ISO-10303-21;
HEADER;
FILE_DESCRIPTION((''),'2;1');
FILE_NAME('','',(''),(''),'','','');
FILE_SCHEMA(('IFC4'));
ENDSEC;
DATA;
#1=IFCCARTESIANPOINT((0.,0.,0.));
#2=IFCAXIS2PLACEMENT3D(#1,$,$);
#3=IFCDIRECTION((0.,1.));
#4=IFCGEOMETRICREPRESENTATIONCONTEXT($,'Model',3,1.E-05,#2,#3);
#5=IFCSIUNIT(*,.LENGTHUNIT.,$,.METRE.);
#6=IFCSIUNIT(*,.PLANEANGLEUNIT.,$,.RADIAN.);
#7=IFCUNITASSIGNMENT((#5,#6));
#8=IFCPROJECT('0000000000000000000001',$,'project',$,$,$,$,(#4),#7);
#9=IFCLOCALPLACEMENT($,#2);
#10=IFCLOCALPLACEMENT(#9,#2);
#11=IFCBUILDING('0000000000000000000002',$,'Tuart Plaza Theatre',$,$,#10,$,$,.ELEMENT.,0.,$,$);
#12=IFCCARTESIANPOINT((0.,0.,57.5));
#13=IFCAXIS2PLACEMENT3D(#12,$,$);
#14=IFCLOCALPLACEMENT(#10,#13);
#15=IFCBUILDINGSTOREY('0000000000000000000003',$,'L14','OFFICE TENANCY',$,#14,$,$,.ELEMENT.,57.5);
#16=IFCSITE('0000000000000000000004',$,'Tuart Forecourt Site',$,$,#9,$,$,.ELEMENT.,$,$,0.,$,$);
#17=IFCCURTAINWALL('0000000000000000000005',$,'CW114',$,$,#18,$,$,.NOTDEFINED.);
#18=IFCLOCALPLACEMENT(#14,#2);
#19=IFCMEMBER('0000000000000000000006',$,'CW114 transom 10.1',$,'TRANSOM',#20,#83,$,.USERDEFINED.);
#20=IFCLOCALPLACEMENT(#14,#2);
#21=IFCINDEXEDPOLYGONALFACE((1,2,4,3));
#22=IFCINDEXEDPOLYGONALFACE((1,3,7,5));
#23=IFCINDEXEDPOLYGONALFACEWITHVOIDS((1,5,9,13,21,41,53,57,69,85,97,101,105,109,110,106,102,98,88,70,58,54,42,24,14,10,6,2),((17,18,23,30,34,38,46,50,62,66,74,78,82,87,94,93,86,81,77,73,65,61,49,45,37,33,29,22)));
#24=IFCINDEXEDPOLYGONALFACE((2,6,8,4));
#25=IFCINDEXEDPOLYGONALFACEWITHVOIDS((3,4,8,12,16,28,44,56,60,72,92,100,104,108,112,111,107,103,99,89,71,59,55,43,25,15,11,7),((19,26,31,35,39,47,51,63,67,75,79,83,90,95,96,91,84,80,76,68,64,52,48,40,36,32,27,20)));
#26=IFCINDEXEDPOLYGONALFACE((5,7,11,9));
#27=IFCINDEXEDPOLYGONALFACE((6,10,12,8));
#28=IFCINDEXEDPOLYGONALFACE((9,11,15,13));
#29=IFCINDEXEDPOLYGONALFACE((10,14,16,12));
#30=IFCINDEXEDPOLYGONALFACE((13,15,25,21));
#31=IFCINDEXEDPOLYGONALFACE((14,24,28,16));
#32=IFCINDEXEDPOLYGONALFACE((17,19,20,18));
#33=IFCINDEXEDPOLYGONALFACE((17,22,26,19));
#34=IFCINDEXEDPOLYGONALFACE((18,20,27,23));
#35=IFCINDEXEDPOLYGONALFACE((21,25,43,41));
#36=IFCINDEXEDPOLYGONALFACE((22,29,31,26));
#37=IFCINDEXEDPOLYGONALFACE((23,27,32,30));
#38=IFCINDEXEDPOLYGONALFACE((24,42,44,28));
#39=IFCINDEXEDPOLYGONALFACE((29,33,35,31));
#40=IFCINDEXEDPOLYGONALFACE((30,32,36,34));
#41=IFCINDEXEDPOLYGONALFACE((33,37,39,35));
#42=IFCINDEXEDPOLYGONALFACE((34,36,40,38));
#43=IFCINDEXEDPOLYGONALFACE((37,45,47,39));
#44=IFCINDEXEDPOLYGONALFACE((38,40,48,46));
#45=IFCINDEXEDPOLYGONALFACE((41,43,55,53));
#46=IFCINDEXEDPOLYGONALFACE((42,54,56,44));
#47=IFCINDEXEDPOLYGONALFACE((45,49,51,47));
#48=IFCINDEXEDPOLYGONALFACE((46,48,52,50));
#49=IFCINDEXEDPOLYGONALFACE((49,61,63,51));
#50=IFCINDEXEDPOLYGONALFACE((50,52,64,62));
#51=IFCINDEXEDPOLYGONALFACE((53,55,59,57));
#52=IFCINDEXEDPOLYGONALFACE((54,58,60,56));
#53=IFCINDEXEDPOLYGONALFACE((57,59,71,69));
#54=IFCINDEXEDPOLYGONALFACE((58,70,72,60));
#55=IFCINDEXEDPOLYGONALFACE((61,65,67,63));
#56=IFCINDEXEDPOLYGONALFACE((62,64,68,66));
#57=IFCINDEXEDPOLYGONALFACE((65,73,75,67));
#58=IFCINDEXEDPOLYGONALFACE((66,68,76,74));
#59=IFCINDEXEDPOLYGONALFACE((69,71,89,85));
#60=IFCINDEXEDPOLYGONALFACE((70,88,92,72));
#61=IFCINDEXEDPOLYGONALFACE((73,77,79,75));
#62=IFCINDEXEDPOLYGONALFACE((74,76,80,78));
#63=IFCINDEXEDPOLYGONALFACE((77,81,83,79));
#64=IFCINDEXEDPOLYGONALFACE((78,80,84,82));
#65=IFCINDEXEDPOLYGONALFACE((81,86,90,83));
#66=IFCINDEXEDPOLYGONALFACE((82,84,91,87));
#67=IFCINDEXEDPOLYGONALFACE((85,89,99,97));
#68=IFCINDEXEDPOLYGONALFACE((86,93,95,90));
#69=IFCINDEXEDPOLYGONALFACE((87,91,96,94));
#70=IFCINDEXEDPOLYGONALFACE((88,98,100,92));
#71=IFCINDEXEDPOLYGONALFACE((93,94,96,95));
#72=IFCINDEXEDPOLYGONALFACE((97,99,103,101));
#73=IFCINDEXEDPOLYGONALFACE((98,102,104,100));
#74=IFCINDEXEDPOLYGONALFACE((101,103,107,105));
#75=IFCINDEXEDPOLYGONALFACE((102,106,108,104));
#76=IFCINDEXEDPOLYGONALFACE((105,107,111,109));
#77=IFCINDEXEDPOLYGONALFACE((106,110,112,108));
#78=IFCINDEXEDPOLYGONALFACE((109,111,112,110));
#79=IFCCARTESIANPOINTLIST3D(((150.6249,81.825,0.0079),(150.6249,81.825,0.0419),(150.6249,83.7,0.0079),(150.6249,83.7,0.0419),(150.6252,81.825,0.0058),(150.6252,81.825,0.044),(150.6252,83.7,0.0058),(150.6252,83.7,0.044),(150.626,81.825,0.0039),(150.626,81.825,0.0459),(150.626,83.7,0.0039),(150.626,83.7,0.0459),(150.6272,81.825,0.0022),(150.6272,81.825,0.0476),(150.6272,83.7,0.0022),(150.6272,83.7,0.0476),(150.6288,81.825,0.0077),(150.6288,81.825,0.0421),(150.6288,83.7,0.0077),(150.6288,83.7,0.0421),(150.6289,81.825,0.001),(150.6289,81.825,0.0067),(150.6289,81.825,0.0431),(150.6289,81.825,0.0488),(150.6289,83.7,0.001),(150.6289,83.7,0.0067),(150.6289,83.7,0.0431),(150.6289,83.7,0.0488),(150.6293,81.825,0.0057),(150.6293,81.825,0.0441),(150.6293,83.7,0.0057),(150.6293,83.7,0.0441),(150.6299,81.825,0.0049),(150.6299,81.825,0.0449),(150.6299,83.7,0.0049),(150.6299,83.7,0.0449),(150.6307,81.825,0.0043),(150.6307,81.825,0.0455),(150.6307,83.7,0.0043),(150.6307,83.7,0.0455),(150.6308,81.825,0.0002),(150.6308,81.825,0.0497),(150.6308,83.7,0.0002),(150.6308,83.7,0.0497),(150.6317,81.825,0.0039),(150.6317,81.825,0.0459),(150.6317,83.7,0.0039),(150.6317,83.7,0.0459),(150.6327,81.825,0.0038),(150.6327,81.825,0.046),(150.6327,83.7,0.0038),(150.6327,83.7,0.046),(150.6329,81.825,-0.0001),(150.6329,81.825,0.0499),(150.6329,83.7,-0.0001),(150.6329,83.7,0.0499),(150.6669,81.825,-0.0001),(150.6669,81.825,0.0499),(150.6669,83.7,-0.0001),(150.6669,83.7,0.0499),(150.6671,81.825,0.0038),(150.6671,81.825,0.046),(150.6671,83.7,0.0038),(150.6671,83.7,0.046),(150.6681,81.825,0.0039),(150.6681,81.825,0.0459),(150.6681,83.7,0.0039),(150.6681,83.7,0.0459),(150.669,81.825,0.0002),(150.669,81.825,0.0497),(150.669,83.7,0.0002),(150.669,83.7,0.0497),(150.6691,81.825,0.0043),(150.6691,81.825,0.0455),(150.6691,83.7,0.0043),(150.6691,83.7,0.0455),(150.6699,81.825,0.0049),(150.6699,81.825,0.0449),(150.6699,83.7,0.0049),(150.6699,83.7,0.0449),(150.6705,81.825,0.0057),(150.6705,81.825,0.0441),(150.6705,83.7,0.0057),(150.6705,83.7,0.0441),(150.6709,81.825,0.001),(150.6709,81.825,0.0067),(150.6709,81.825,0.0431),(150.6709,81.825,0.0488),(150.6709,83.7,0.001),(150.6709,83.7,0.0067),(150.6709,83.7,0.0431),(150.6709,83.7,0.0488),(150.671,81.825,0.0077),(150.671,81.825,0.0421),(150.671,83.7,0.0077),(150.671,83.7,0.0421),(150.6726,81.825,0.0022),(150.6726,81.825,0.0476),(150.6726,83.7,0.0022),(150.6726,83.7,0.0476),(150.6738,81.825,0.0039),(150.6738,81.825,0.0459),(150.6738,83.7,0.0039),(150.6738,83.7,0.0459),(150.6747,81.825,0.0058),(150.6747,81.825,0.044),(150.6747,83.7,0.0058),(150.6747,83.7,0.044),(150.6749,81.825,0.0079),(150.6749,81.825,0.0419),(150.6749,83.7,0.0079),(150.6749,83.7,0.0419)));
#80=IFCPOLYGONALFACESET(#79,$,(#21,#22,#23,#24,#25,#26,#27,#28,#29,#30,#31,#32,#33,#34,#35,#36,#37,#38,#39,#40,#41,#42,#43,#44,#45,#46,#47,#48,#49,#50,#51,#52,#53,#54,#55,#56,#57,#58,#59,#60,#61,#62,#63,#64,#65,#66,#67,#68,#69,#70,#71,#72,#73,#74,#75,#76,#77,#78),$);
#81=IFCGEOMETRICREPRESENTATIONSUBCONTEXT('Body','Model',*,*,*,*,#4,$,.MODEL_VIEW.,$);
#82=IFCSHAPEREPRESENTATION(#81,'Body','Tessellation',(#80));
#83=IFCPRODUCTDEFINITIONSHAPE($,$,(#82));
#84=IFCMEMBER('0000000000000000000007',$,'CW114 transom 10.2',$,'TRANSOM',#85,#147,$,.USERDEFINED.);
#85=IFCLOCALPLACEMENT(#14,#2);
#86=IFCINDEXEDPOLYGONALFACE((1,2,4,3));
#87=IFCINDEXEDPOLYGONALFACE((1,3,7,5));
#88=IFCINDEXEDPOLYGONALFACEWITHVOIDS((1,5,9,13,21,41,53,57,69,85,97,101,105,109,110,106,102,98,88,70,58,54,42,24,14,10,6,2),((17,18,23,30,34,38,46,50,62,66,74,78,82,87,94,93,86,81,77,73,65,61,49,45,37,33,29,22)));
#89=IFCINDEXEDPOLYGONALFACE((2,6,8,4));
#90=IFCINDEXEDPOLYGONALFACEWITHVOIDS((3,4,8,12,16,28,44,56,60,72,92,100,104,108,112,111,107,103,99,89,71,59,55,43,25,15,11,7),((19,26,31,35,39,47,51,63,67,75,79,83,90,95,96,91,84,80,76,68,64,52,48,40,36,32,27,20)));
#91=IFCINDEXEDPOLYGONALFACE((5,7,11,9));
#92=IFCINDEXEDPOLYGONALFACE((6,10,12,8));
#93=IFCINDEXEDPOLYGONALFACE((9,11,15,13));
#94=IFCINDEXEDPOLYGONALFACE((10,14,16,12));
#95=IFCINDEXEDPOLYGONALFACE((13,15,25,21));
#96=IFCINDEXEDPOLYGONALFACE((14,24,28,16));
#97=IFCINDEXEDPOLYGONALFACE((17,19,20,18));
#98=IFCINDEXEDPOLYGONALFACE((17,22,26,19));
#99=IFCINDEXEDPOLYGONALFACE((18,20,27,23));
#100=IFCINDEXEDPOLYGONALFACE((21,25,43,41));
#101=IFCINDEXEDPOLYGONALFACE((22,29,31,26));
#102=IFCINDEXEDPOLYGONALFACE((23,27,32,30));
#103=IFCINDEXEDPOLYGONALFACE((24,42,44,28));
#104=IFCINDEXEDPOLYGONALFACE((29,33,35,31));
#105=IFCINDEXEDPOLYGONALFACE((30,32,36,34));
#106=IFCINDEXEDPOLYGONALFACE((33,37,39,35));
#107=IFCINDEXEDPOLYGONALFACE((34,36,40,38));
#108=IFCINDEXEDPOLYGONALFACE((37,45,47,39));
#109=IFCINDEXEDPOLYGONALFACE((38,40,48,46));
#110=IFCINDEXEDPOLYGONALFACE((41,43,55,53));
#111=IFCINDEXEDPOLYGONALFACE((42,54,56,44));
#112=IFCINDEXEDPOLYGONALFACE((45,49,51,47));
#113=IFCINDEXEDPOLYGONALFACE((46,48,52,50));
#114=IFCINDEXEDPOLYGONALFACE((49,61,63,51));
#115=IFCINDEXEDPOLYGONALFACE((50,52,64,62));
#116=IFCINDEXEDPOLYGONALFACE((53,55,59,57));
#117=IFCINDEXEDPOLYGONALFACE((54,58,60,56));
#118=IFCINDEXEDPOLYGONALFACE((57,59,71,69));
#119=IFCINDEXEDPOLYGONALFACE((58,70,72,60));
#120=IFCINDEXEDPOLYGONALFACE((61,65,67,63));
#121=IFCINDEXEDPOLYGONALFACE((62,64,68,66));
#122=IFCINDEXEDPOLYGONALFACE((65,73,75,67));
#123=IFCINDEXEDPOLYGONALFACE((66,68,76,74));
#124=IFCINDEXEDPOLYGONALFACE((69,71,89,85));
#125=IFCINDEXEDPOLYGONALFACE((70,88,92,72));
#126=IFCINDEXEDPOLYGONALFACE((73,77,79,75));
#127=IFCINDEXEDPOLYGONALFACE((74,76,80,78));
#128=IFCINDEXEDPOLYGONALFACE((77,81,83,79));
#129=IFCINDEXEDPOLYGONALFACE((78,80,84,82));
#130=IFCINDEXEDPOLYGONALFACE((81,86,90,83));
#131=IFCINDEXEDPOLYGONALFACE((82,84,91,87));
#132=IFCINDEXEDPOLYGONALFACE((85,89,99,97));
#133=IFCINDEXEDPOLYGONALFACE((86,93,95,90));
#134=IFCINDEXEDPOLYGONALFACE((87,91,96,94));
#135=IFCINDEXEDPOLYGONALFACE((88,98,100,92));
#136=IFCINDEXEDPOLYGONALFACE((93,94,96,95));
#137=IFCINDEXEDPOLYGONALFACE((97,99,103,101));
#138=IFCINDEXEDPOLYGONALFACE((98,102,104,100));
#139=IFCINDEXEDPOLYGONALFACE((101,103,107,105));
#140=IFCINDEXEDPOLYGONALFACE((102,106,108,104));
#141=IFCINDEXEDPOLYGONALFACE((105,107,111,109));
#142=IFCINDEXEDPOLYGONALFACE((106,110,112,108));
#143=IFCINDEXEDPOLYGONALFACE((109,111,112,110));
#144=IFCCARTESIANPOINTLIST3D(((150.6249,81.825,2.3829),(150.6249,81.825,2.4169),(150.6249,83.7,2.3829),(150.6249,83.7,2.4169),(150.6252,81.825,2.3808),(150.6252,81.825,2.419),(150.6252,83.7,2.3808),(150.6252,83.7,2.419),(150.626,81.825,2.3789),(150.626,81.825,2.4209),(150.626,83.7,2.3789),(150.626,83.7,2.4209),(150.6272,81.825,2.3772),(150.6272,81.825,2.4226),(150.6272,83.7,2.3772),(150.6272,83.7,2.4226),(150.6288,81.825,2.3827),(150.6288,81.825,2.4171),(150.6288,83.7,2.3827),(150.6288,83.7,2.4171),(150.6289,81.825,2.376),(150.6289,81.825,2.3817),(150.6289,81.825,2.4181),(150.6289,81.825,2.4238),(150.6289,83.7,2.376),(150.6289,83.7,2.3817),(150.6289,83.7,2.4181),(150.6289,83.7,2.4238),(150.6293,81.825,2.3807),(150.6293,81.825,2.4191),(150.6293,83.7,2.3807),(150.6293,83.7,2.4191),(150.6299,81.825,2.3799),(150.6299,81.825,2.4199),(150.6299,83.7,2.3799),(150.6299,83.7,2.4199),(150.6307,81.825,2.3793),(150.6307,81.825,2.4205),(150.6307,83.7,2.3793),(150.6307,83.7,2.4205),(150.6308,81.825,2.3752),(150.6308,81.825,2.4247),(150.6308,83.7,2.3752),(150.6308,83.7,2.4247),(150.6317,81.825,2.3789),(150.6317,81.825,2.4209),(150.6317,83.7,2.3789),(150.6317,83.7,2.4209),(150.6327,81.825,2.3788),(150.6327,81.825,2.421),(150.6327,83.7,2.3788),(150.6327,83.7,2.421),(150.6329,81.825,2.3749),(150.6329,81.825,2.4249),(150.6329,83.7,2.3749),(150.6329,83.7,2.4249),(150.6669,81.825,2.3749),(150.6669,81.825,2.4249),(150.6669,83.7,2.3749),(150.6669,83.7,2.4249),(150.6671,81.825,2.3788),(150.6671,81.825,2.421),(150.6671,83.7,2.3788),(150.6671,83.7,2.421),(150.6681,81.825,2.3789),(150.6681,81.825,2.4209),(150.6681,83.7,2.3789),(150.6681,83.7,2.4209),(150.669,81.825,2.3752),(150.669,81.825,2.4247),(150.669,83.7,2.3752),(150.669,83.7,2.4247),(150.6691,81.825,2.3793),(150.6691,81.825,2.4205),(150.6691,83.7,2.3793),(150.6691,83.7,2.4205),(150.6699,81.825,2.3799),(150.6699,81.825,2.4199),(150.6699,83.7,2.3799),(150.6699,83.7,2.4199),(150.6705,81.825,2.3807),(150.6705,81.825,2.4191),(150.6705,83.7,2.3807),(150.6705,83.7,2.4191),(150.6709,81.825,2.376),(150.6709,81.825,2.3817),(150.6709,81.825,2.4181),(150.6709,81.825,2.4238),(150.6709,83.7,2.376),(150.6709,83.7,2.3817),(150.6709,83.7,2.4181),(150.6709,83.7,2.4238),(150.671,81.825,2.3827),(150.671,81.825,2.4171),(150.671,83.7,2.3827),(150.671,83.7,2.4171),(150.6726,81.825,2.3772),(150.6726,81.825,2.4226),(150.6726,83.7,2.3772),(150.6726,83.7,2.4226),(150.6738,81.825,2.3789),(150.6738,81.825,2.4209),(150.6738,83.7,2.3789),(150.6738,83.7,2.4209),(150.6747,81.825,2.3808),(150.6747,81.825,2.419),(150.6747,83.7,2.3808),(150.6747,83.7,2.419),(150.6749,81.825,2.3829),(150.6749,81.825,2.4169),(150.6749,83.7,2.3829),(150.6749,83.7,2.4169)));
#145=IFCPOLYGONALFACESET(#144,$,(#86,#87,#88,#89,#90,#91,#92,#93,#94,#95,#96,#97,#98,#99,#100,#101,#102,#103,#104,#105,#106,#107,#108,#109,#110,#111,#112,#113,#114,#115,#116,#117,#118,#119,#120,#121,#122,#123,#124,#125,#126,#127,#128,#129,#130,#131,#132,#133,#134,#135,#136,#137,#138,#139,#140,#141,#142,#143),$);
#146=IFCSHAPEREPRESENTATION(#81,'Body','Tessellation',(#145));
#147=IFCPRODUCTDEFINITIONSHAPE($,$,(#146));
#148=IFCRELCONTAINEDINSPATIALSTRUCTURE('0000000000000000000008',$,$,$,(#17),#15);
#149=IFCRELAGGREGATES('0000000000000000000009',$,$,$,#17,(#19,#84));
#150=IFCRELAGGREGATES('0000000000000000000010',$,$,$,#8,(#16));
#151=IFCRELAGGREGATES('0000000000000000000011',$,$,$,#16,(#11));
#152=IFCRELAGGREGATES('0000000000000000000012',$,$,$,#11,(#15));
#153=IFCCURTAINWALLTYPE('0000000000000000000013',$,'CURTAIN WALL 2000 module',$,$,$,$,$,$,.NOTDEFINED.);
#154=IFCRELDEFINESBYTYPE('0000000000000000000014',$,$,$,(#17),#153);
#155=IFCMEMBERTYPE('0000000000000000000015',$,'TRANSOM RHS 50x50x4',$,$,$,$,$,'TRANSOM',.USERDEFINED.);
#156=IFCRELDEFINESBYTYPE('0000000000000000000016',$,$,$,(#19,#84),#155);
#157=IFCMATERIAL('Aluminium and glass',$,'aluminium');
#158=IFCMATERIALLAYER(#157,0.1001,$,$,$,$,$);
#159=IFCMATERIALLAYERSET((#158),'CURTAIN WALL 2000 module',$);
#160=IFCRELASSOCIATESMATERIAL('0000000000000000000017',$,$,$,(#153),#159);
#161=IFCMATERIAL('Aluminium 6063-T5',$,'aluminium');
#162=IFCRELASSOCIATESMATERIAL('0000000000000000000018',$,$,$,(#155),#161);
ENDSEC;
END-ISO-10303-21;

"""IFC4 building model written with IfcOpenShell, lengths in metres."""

from ifc_helpers import new_model, si_unit, direction, frame, origin, origin_2d, place, context, subcontext, project, spatial, hollow_rectangle, extrude, material, layer, layer_set, material_profile, profile_set, type_object, element, aggregate, save


model = new_model("IFC4")

# Units and contexts
model_context = context("Model", 3, precision=1e-05, world=origin(), true_north=direction((0.0, 1.0)))
body_context = subcontext(model_context, "Body", "Model", "MODEL_VIEW")
ifc_project = project(units=[si_unit("LENGTHUNIT", "METRE"), si_unit("PLANEANGLEUNIT", "RADIAN")], contexts=[model_context])

# Site, building, storey
site_placement = place(None, origin())
site = spatial("IfcSite", under=ifc_project, at=site_placement, Name="Tuart Forecourt Site", CompositionType="ELEMENT", RefElevation=0.0)
building_placement = place(site_placement, origin())
building = spatial("IfcBuilding", under=site, at=building_placement, Name="Tuart Plaza Theatre", CompositionType="ELEMENT", ElevationOfRefHeight=0.0)
storey_placement = place(building_placement, frame((0.0, 0.0, 57.5)))
storey = spatial("IfcBuildingStorey", under=building, at=storey_placement, Name="L14", Description="OFFICE TENANCY", CompositionType="ELEMENT", Elevation=57.5)

# Curtain wall
ifc_material_1 = material(Name="Aluminium and glass", Category="aluminium")
ifc_layer_1 = layer(ifc_material_1, 0.1001)
ifc_layer_set_1 = layer_set([ifc_layer_1], Name="CURTAIN WALL 2000 module")
curtain_wall_type = type_object("IfcCurtainWallType", Name="CURTAIN WALL 2000 module", PredefinedType="NOTDEFINED", material=ifc_layer_set_1)
curtain_wall_1_placement = place(storey_placement, origin())
curtain_wall_1 = element("IfcCurtainWall", 1, at=curtain_wall_1_placement, inside=storey, type_object=curtain_wall_type, Name="CW114", PredefinedType="NOTDEFINED")

# Members
ifc_material_2 = material(Name="Aluminium 6063-T5", Category="aluminium")
ifc_material_profile_1 = material_profile(ifc_material_2, hollow_rectangle(XDim=0.05, YDim=0.05, WallThickness=0.0039, InnerFilletRadius=0.0039, OuterFilletRadius=0.0081, at=origin_2d()), Name="RHS 50x50x4")
ifc_profile_set_1 = profile_set([ifc_material_profile_1], Name="Aluminium 6063-T5")
member_type_1 = type_object("IfcMemberType", Name="TRANSOM RHS 50x50x4", ElementType="TRANSOM", PredefinedType="USERDEFINED", material=ifc_profile_set_1)
member_1_placement = place(storey_placement, frame((150.6499, 81.825, 0.0249), z_axis=(0.0, 1.0, 0.0), x_axis=(-1.0, 0.0, 0.0)))
member_1 = element("IfcMember", 2, at=member_1_placement, type_object=member_type_1, Name="CW114 transom 10.1", ObjectType="TRANSOM", PredefinedType="USERDEFINED", context=body_context, shape_type="SweptSolid", body=[
    extrude(hollow_rectangle(XDim=0.05, YDim=0.05, WallThickness=0.0039, InnerFilletRadius=0.0039, OuterFilletRadius=0.0081, at=origin_2d()), origin(), (0.0, 0.0, 1.0), 1.875),
])
member_2_placement = place(storey_placement, frame((150.6499, 81.825, 2.3999), z_axis=(0.0, 1.0, 0.0), x_axis=(-1.0, 0.0, 0.0)))
member_2 = element("IfcMember", 3, at=member_2_placement, type_object=member_type_1, Name="CW114 transom 10.2", ObjectType="TRANSOM", PredefinedType="USERDEFINED", context=body_context, shape_type="SweptSolid", body=[
    extrude(hollow_rectangle(XDim=0.05, YDim=0.05, WallThickness=0.0039, InnerFilletRadius=0.0039, OuterFilletRadius=0.0081, at=origin_2d()), origin(), (0.0, 0.0, 1.0), 1.875),
])

aggregate(curtain_wall_1, [member_1, member_2])

save(model, "model.ifc")
